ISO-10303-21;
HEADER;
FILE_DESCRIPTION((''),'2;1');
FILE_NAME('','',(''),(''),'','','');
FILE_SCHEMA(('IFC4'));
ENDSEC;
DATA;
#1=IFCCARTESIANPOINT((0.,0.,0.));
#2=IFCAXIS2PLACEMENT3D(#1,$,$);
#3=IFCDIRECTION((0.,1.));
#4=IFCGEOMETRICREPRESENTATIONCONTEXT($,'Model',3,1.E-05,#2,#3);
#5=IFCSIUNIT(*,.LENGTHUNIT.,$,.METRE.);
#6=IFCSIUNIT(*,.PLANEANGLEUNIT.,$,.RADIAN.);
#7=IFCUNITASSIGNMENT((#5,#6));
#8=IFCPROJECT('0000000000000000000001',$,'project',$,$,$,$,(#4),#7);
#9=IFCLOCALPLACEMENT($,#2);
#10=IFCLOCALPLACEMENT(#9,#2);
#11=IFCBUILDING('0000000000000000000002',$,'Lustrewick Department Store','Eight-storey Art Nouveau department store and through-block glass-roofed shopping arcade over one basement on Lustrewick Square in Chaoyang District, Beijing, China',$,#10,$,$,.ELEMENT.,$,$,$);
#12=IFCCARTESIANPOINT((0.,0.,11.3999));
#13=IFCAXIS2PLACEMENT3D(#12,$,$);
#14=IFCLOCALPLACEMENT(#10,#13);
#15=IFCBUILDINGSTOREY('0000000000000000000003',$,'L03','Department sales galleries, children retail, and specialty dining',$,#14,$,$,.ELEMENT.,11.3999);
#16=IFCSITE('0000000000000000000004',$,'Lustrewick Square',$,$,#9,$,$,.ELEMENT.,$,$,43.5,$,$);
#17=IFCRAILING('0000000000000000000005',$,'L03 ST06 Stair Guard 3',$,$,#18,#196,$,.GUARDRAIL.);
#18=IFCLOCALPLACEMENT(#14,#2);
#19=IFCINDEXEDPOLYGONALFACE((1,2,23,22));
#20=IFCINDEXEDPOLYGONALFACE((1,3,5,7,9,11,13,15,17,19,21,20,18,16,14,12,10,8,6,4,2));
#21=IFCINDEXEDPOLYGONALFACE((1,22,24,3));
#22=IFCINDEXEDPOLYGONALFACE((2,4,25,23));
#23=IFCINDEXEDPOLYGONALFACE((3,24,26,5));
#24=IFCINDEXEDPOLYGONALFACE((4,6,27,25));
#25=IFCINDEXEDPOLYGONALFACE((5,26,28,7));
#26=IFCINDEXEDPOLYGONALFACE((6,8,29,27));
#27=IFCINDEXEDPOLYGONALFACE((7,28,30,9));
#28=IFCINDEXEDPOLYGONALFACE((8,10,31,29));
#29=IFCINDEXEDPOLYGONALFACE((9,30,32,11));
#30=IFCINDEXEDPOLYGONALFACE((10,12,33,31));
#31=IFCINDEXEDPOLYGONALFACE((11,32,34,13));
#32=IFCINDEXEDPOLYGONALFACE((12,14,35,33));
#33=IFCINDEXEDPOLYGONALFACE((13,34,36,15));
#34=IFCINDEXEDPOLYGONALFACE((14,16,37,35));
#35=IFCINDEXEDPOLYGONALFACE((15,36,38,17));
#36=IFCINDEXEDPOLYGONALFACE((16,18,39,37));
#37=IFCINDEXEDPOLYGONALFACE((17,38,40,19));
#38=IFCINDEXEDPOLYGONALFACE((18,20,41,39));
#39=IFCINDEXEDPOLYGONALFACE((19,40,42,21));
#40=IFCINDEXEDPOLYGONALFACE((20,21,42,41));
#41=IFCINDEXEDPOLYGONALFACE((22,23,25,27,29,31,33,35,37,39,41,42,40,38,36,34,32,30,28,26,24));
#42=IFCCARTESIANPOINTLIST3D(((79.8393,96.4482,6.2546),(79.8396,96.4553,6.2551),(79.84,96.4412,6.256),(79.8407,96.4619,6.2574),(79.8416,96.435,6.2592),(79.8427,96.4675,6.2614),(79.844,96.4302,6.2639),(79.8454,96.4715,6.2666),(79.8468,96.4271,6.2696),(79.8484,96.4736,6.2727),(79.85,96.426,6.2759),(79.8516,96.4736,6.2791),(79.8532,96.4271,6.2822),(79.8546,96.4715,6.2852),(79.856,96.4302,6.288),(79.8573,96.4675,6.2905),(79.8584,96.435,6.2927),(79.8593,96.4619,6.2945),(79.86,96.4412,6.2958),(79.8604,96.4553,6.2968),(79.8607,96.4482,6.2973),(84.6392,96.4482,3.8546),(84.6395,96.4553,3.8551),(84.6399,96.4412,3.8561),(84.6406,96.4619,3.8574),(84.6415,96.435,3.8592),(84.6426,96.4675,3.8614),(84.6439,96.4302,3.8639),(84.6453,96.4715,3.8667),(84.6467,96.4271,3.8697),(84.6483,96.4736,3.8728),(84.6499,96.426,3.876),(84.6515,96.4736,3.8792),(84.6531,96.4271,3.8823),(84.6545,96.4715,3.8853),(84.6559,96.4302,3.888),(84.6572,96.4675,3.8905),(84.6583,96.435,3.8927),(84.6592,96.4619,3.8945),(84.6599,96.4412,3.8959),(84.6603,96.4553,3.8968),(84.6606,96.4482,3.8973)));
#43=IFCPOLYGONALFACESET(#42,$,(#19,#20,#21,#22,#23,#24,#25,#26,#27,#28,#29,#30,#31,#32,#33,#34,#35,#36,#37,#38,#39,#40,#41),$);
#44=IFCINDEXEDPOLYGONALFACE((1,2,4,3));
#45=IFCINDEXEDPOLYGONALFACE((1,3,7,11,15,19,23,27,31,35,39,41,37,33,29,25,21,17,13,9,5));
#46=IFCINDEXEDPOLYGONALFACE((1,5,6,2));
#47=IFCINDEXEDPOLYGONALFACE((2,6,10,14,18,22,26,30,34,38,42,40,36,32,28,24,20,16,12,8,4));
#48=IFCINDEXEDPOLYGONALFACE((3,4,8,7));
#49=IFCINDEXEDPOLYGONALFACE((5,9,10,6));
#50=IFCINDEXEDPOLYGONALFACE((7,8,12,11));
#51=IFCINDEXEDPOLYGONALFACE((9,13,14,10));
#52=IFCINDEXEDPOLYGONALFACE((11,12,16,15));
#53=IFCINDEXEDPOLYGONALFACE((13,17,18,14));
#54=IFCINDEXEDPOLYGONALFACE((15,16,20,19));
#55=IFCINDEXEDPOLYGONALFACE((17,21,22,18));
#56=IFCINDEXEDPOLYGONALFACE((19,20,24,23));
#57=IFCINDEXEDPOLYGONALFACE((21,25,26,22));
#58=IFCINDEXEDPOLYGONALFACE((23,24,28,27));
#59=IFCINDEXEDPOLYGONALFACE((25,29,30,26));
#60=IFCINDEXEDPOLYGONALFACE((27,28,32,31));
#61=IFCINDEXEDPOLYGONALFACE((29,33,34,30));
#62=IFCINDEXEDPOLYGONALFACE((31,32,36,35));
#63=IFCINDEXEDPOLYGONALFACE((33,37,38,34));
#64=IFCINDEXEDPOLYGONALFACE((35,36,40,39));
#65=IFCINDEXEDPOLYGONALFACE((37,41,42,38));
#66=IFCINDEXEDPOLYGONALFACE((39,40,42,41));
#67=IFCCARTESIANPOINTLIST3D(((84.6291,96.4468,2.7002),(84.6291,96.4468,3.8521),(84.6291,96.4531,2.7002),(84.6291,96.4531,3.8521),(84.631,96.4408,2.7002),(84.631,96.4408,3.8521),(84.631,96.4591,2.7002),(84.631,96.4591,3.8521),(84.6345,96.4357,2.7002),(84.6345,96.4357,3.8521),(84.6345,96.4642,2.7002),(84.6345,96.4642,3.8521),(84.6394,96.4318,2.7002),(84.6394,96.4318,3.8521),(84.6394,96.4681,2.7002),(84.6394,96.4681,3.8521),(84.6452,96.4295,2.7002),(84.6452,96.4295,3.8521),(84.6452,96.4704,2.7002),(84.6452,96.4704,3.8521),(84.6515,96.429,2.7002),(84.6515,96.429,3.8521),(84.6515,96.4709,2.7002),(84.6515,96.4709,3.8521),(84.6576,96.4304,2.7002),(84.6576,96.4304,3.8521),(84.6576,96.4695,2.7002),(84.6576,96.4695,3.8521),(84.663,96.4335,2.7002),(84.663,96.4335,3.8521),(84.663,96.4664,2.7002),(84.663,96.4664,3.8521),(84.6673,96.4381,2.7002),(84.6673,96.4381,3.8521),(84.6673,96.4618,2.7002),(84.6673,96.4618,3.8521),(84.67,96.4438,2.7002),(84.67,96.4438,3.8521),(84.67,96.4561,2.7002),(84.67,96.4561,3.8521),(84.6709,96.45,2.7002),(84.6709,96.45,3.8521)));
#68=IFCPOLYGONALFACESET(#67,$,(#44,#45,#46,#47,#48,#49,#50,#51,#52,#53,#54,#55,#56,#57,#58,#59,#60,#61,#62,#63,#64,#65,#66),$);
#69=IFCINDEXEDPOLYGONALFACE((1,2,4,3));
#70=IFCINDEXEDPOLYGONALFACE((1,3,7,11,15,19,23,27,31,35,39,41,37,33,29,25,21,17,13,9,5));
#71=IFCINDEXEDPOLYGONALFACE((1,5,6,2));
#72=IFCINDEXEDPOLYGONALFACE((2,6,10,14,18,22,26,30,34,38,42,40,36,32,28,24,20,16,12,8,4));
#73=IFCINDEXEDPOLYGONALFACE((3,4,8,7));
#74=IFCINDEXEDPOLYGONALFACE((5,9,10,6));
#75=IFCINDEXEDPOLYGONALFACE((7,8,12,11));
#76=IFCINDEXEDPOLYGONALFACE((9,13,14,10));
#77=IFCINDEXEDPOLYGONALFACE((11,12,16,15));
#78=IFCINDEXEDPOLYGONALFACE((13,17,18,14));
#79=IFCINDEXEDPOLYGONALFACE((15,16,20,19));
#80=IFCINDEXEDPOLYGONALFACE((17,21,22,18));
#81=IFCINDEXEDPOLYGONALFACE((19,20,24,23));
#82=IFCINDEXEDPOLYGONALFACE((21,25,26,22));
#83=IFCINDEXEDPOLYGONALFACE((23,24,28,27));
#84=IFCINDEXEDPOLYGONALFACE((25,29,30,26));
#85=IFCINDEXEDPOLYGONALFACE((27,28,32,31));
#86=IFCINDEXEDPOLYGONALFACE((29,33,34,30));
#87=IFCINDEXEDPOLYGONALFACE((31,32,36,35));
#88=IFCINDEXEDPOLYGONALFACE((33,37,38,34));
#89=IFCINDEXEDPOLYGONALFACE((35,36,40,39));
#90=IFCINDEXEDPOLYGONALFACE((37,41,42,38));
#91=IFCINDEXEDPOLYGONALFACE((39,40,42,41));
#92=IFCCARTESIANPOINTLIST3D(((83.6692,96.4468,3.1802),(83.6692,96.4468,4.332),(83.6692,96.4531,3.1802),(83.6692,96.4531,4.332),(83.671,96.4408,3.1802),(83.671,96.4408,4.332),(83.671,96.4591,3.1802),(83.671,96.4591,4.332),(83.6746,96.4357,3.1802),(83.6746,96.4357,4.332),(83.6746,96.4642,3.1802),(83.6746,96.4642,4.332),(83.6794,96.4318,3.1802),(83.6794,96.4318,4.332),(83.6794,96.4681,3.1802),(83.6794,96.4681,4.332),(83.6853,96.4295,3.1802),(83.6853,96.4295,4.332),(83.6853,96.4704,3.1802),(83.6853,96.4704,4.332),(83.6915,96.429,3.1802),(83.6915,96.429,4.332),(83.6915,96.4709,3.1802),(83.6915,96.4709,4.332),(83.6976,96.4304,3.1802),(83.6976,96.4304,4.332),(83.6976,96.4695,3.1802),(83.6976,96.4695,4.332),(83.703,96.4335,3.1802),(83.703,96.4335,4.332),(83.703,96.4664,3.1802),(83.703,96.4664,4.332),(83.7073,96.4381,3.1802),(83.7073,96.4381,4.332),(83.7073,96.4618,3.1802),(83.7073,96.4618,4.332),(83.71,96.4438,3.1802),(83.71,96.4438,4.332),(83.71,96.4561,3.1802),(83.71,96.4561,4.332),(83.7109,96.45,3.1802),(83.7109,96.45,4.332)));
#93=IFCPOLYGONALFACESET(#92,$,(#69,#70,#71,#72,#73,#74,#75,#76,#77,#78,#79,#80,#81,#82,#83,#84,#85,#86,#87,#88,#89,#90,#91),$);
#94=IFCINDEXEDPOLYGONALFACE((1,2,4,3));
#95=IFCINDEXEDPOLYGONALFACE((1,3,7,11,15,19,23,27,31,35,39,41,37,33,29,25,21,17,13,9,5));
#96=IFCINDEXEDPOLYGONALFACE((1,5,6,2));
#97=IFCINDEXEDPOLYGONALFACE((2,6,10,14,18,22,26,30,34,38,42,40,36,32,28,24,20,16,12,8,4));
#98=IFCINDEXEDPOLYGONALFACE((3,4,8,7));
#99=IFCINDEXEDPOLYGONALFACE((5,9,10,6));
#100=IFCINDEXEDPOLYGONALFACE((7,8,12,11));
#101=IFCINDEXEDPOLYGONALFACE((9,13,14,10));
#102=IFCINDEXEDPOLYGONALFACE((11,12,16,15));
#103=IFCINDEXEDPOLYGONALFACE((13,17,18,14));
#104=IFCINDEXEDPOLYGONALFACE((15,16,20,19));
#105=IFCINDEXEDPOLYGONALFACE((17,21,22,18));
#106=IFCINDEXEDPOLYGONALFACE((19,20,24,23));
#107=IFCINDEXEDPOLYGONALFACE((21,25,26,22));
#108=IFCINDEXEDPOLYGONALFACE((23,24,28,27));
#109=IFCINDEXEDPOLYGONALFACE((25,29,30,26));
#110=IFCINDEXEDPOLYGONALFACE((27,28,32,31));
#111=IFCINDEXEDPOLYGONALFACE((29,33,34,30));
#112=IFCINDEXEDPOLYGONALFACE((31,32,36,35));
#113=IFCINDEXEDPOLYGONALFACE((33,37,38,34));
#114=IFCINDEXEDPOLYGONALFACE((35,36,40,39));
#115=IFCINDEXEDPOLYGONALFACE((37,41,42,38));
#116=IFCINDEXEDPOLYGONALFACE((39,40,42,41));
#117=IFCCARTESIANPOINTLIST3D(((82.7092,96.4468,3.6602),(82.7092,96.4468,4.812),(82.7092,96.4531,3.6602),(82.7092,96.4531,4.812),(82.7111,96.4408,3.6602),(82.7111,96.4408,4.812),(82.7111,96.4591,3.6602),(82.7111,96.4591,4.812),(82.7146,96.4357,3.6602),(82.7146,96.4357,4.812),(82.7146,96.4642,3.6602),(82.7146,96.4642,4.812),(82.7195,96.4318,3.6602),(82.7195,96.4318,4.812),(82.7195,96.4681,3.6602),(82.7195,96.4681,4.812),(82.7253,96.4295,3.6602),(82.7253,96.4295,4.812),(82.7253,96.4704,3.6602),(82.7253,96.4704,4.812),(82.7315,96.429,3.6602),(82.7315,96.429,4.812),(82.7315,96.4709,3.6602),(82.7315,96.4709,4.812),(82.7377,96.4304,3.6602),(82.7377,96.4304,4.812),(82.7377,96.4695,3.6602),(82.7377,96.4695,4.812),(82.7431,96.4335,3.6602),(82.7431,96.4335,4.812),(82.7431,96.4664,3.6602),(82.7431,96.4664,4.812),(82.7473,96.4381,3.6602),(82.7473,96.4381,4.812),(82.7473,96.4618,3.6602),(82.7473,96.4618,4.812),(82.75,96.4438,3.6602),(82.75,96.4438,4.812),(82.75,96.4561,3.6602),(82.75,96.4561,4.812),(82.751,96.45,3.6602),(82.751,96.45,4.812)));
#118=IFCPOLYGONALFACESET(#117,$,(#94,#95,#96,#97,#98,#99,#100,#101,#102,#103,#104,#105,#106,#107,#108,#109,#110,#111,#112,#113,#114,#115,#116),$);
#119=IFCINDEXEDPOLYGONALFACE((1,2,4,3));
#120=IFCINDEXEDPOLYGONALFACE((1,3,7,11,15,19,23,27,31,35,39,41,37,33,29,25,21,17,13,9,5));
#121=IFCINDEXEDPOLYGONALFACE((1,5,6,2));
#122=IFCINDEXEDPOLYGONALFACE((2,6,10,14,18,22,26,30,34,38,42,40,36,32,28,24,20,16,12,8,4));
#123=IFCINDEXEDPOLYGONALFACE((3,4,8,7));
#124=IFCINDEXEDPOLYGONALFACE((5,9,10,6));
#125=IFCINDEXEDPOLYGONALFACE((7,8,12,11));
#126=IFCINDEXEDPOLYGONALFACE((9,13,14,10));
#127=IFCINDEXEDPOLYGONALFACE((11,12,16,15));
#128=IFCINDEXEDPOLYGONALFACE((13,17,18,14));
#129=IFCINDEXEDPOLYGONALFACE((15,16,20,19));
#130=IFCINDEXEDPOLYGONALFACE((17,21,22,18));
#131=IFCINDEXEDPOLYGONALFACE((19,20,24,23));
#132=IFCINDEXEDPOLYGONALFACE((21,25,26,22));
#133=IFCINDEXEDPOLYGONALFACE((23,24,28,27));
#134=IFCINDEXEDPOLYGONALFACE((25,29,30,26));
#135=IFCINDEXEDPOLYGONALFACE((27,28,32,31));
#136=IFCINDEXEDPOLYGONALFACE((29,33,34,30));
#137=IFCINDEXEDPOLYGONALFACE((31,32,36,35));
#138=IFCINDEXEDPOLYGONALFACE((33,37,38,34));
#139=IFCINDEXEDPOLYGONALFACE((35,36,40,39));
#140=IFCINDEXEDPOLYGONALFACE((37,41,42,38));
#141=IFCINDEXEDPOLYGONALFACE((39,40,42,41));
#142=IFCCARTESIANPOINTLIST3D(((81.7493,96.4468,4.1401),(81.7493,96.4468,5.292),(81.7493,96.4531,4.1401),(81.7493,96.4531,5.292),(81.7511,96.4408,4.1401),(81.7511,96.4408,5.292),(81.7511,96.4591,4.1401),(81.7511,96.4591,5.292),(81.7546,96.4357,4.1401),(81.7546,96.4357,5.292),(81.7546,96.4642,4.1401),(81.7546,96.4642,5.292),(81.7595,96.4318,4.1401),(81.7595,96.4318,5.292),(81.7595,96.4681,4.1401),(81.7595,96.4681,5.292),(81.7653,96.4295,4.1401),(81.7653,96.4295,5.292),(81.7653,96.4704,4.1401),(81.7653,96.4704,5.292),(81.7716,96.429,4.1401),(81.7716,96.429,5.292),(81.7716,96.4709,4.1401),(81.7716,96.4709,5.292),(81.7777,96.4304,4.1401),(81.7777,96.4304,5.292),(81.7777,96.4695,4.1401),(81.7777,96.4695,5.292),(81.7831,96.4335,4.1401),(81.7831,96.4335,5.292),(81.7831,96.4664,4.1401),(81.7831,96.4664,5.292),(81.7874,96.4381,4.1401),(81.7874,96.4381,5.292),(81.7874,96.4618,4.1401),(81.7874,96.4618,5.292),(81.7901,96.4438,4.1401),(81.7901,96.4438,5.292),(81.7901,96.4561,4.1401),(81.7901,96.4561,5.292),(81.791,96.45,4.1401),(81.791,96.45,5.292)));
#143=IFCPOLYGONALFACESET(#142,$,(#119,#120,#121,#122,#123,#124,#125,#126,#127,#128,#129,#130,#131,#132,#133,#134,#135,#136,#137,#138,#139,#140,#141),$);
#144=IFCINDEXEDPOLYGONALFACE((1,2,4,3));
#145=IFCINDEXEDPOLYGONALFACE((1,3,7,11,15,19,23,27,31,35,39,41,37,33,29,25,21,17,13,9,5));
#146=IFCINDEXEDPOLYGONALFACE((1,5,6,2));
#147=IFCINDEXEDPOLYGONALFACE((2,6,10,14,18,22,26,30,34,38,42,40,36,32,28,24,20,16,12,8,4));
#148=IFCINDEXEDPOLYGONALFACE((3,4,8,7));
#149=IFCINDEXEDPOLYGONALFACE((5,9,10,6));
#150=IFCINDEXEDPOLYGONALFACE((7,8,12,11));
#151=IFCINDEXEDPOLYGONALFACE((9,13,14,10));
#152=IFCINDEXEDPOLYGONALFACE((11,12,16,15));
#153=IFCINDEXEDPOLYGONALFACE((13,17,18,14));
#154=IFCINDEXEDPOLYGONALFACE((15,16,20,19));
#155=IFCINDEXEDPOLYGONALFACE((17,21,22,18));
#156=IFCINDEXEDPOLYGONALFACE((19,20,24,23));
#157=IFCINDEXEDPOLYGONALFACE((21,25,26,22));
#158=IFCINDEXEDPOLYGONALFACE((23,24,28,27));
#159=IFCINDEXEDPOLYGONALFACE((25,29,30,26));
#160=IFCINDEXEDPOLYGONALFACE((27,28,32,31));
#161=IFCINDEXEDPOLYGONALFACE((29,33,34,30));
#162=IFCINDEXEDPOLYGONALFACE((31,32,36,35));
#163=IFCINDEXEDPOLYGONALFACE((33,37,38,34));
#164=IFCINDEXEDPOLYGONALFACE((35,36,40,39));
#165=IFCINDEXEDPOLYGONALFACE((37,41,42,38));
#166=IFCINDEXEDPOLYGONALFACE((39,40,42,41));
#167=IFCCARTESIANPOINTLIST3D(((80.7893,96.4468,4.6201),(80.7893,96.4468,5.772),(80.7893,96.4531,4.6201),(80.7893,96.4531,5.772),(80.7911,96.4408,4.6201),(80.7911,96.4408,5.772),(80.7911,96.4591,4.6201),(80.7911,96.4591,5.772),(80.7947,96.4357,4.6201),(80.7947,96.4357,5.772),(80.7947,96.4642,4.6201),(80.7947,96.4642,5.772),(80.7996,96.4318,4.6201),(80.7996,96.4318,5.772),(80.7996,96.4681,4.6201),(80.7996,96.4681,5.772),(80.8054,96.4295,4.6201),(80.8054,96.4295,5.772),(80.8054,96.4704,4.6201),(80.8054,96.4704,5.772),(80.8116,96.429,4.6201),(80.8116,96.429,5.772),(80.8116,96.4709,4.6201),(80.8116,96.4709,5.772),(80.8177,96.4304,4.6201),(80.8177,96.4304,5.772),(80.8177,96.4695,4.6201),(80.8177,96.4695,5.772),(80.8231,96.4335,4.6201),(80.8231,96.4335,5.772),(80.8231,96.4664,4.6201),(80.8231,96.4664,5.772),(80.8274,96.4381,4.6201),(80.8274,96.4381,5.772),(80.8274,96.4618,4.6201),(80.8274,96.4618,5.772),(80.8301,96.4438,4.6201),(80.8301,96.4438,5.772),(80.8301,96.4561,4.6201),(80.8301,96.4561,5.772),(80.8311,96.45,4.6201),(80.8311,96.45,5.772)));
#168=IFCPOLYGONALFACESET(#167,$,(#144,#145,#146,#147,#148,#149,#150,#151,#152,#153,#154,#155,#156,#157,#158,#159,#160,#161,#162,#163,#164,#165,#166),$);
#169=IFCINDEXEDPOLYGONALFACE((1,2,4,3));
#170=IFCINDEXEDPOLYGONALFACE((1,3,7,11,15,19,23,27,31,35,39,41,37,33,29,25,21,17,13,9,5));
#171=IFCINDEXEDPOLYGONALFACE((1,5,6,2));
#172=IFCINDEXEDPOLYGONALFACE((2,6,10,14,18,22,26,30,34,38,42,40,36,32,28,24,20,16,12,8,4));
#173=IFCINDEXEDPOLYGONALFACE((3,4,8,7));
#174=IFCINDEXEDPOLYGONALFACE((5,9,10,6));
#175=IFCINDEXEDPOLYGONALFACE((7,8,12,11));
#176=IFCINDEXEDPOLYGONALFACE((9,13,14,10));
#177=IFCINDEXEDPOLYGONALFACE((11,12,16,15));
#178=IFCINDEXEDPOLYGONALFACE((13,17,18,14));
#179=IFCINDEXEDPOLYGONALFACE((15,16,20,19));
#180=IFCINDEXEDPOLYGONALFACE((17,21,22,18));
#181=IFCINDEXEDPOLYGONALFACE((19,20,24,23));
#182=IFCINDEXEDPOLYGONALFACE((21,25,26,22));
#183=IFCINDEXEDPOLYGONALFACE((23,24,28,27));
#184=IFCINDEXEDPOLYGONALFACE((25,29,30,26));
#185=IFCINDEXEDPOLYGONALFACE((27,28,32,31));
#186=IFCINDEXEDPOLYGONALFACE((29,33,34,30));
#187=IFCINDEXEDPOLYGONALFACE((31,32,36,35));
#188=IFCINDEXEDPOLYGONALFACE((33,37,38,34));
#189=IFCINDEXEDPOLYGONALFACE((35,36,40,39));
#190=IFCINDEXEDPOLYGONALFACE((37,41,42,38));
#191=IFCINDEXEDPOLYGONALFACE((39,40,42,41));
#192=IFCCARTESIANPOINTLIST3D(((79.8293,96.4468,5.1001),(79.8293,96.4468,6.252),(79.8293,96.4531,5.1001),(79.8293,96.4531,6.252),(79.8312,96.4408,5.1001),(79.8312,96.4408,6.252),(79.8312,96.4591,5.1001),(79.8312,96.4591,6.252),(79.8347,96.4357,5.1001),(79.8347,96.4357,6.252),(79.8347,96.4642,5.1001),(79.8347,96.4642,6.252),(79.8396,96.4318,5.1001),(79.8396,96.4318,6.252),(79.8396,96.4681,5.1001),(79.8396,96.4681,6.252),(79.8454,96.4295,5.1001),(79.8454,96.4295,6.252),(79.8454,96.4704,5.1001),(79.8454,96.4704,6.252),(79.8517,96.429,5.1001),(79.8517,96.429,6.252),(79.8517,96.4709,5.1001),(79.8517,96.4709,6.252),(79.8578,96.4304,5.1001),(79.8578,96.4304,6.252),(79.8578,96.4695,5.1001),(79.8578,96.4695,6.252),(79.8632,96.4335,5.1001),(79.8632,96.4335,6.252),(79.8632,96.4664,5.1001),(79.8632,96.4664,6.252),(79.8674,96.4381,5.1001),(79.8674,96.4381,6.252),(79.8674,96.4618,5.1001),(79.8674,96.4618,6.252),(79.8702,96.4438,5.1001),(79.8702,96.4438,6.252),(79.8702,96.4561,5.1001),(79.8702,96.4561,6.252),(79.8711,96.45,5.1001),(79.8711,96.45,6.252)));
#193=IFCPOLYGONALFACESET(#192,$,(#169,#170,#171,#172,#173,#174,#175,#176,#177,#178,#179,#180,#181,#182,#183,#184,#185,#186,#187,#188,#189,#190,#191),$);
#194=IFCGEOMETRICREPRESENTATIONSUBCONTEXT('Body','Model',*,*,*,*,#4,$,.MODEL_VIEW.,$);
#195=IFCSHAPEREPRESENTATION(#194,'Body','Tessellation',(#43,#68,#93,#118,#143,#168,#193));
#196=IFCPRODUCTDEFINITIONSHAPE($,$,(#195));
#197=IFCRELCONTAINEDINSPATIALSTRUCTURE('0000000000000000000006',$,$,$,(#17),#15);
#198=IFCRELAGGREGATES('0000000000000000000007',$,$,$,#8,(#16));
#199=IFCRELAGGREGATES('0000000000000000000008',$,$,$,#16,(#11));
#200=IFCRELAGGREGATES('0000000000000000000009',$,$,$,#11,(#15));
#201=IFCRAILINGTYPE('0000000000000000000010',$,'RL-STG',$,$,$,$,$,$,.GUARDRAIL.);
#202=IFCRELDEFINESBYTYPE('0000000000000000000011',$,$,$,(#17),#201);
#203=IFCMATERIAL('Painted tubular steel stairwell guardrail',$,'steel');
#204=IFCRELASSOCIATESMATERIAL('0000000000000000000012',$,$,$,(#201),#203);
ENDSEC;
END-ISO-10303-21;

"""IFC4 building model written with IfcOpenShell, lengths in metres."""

from ifc_helpers import new_model, si_unit, direction, frame, origin, origin_2d, place, context, subcontext, project, spatial, circle, extrude, material, type_object, element, save


model = new_model("IFC4")

# Units and contexts
model_context = context("Model", 3, precision=1e-05, world=origin(), true_north=direction((0.0, 1.0)))
body_context = subcontext(model_context, "Body", "Model", "MODEL_VIEW")
ifc_project = project(units=[si_unit("LENGTHUNIT", "METRE"), si_unit("PLANEANGLEUNIT", "RADIAN")], contexts=[model_context])

# Site, building, storey
site_placement = place(None, origin())
site = spatial("IfcSite", under=ifc_project, at=site_placement, Name="Lustrewick Square", CompositionType="ELEMENT", RefElevation=43.5)
building_placement = place(site_placement, origin())
building = spatial("IfcBuilding", under=site, at=building_placement, Name="Lustrewick Department Store", Description="Eight-storey Art Nouveau department store and through-block glass-roofed shopping arcade over one basement on Lustrewick Square in Chaoyang District, Beijing, China", CompositionType="ELEMENT")
storey_placement = place(building_placement, frame((0.0, 0.0, 11.3999)))
storey = spatial("IfcBuildingStorey", under=building, at=storey_placement, Name="L03", Description="Department sales galleries, children retail, and specialty dining", CompositionType="ELEMENT", Elevation=11.3999)

# Railing
ifc_material_1 = material(Name="Painted tubular steel stairwell guardrail", Category="steel")
railing_type_1 = type_object("IfcRailingType", Name="RL-STG", PredefinedType="GUARDRAIL", material=ifc_material_1)
railing_1_placement = place(storey_placement, frame((84.6499, 96.45, 2.7002)))
element("IfcRailing", 1, at=railing_1_placement, inside=storey, type_object=railing_type_1, Name="L03 ST06 Stair Guard 3", PredefinedType="GUARDRAIL", context=body_context, shape_type="SweptSolid", body=[
    extrude(circle(Radius=0.0239, at=origin_2d()), frame((0.0, 0.0, 1.1758), z_axis=(-0.894427, 0.0, 0.447214), x_axis=(0.0, -1.0, 0.0)), (0.0, 0.0, 1.0), 5.3665),
    extrude(circle(Radius=0.021, at=origin_2d()), origin(), (0.0, 0.0, 1.0), 1.1519),
    extrude(circle(Radius=0.021, at=origin_2d()), frame((-0.96, 0.0, 0.48)), (0.0, 0.0, 1.0), 1.1519),
    extrude(circle(Radius=0.021, at=origin_2d()), frame((-1.9199, 0.0, 0.96)), (0.0, 0.0, 1.0), 1.1519),
    extrude(circle(Radius=0.021, at=origin_2d()), frame((-2.8799, 0.0, 1.4399)), (0.0, 0.0, 1.0), 1.1519),
    extrude(circle(Radius=0.021, at=origin_2d()), frame((-3.8398, 0.0, 1.9199)), (0.0, 0.0, 1.0), 1.1519),
    extrude(circle(Radius=0.021, at=origin_2d()), frame((-4.7998, 0.0, 2.3999)), (0.0, 0.0, 1.0), 1.1519),
])

save(model, "model.ifc")
